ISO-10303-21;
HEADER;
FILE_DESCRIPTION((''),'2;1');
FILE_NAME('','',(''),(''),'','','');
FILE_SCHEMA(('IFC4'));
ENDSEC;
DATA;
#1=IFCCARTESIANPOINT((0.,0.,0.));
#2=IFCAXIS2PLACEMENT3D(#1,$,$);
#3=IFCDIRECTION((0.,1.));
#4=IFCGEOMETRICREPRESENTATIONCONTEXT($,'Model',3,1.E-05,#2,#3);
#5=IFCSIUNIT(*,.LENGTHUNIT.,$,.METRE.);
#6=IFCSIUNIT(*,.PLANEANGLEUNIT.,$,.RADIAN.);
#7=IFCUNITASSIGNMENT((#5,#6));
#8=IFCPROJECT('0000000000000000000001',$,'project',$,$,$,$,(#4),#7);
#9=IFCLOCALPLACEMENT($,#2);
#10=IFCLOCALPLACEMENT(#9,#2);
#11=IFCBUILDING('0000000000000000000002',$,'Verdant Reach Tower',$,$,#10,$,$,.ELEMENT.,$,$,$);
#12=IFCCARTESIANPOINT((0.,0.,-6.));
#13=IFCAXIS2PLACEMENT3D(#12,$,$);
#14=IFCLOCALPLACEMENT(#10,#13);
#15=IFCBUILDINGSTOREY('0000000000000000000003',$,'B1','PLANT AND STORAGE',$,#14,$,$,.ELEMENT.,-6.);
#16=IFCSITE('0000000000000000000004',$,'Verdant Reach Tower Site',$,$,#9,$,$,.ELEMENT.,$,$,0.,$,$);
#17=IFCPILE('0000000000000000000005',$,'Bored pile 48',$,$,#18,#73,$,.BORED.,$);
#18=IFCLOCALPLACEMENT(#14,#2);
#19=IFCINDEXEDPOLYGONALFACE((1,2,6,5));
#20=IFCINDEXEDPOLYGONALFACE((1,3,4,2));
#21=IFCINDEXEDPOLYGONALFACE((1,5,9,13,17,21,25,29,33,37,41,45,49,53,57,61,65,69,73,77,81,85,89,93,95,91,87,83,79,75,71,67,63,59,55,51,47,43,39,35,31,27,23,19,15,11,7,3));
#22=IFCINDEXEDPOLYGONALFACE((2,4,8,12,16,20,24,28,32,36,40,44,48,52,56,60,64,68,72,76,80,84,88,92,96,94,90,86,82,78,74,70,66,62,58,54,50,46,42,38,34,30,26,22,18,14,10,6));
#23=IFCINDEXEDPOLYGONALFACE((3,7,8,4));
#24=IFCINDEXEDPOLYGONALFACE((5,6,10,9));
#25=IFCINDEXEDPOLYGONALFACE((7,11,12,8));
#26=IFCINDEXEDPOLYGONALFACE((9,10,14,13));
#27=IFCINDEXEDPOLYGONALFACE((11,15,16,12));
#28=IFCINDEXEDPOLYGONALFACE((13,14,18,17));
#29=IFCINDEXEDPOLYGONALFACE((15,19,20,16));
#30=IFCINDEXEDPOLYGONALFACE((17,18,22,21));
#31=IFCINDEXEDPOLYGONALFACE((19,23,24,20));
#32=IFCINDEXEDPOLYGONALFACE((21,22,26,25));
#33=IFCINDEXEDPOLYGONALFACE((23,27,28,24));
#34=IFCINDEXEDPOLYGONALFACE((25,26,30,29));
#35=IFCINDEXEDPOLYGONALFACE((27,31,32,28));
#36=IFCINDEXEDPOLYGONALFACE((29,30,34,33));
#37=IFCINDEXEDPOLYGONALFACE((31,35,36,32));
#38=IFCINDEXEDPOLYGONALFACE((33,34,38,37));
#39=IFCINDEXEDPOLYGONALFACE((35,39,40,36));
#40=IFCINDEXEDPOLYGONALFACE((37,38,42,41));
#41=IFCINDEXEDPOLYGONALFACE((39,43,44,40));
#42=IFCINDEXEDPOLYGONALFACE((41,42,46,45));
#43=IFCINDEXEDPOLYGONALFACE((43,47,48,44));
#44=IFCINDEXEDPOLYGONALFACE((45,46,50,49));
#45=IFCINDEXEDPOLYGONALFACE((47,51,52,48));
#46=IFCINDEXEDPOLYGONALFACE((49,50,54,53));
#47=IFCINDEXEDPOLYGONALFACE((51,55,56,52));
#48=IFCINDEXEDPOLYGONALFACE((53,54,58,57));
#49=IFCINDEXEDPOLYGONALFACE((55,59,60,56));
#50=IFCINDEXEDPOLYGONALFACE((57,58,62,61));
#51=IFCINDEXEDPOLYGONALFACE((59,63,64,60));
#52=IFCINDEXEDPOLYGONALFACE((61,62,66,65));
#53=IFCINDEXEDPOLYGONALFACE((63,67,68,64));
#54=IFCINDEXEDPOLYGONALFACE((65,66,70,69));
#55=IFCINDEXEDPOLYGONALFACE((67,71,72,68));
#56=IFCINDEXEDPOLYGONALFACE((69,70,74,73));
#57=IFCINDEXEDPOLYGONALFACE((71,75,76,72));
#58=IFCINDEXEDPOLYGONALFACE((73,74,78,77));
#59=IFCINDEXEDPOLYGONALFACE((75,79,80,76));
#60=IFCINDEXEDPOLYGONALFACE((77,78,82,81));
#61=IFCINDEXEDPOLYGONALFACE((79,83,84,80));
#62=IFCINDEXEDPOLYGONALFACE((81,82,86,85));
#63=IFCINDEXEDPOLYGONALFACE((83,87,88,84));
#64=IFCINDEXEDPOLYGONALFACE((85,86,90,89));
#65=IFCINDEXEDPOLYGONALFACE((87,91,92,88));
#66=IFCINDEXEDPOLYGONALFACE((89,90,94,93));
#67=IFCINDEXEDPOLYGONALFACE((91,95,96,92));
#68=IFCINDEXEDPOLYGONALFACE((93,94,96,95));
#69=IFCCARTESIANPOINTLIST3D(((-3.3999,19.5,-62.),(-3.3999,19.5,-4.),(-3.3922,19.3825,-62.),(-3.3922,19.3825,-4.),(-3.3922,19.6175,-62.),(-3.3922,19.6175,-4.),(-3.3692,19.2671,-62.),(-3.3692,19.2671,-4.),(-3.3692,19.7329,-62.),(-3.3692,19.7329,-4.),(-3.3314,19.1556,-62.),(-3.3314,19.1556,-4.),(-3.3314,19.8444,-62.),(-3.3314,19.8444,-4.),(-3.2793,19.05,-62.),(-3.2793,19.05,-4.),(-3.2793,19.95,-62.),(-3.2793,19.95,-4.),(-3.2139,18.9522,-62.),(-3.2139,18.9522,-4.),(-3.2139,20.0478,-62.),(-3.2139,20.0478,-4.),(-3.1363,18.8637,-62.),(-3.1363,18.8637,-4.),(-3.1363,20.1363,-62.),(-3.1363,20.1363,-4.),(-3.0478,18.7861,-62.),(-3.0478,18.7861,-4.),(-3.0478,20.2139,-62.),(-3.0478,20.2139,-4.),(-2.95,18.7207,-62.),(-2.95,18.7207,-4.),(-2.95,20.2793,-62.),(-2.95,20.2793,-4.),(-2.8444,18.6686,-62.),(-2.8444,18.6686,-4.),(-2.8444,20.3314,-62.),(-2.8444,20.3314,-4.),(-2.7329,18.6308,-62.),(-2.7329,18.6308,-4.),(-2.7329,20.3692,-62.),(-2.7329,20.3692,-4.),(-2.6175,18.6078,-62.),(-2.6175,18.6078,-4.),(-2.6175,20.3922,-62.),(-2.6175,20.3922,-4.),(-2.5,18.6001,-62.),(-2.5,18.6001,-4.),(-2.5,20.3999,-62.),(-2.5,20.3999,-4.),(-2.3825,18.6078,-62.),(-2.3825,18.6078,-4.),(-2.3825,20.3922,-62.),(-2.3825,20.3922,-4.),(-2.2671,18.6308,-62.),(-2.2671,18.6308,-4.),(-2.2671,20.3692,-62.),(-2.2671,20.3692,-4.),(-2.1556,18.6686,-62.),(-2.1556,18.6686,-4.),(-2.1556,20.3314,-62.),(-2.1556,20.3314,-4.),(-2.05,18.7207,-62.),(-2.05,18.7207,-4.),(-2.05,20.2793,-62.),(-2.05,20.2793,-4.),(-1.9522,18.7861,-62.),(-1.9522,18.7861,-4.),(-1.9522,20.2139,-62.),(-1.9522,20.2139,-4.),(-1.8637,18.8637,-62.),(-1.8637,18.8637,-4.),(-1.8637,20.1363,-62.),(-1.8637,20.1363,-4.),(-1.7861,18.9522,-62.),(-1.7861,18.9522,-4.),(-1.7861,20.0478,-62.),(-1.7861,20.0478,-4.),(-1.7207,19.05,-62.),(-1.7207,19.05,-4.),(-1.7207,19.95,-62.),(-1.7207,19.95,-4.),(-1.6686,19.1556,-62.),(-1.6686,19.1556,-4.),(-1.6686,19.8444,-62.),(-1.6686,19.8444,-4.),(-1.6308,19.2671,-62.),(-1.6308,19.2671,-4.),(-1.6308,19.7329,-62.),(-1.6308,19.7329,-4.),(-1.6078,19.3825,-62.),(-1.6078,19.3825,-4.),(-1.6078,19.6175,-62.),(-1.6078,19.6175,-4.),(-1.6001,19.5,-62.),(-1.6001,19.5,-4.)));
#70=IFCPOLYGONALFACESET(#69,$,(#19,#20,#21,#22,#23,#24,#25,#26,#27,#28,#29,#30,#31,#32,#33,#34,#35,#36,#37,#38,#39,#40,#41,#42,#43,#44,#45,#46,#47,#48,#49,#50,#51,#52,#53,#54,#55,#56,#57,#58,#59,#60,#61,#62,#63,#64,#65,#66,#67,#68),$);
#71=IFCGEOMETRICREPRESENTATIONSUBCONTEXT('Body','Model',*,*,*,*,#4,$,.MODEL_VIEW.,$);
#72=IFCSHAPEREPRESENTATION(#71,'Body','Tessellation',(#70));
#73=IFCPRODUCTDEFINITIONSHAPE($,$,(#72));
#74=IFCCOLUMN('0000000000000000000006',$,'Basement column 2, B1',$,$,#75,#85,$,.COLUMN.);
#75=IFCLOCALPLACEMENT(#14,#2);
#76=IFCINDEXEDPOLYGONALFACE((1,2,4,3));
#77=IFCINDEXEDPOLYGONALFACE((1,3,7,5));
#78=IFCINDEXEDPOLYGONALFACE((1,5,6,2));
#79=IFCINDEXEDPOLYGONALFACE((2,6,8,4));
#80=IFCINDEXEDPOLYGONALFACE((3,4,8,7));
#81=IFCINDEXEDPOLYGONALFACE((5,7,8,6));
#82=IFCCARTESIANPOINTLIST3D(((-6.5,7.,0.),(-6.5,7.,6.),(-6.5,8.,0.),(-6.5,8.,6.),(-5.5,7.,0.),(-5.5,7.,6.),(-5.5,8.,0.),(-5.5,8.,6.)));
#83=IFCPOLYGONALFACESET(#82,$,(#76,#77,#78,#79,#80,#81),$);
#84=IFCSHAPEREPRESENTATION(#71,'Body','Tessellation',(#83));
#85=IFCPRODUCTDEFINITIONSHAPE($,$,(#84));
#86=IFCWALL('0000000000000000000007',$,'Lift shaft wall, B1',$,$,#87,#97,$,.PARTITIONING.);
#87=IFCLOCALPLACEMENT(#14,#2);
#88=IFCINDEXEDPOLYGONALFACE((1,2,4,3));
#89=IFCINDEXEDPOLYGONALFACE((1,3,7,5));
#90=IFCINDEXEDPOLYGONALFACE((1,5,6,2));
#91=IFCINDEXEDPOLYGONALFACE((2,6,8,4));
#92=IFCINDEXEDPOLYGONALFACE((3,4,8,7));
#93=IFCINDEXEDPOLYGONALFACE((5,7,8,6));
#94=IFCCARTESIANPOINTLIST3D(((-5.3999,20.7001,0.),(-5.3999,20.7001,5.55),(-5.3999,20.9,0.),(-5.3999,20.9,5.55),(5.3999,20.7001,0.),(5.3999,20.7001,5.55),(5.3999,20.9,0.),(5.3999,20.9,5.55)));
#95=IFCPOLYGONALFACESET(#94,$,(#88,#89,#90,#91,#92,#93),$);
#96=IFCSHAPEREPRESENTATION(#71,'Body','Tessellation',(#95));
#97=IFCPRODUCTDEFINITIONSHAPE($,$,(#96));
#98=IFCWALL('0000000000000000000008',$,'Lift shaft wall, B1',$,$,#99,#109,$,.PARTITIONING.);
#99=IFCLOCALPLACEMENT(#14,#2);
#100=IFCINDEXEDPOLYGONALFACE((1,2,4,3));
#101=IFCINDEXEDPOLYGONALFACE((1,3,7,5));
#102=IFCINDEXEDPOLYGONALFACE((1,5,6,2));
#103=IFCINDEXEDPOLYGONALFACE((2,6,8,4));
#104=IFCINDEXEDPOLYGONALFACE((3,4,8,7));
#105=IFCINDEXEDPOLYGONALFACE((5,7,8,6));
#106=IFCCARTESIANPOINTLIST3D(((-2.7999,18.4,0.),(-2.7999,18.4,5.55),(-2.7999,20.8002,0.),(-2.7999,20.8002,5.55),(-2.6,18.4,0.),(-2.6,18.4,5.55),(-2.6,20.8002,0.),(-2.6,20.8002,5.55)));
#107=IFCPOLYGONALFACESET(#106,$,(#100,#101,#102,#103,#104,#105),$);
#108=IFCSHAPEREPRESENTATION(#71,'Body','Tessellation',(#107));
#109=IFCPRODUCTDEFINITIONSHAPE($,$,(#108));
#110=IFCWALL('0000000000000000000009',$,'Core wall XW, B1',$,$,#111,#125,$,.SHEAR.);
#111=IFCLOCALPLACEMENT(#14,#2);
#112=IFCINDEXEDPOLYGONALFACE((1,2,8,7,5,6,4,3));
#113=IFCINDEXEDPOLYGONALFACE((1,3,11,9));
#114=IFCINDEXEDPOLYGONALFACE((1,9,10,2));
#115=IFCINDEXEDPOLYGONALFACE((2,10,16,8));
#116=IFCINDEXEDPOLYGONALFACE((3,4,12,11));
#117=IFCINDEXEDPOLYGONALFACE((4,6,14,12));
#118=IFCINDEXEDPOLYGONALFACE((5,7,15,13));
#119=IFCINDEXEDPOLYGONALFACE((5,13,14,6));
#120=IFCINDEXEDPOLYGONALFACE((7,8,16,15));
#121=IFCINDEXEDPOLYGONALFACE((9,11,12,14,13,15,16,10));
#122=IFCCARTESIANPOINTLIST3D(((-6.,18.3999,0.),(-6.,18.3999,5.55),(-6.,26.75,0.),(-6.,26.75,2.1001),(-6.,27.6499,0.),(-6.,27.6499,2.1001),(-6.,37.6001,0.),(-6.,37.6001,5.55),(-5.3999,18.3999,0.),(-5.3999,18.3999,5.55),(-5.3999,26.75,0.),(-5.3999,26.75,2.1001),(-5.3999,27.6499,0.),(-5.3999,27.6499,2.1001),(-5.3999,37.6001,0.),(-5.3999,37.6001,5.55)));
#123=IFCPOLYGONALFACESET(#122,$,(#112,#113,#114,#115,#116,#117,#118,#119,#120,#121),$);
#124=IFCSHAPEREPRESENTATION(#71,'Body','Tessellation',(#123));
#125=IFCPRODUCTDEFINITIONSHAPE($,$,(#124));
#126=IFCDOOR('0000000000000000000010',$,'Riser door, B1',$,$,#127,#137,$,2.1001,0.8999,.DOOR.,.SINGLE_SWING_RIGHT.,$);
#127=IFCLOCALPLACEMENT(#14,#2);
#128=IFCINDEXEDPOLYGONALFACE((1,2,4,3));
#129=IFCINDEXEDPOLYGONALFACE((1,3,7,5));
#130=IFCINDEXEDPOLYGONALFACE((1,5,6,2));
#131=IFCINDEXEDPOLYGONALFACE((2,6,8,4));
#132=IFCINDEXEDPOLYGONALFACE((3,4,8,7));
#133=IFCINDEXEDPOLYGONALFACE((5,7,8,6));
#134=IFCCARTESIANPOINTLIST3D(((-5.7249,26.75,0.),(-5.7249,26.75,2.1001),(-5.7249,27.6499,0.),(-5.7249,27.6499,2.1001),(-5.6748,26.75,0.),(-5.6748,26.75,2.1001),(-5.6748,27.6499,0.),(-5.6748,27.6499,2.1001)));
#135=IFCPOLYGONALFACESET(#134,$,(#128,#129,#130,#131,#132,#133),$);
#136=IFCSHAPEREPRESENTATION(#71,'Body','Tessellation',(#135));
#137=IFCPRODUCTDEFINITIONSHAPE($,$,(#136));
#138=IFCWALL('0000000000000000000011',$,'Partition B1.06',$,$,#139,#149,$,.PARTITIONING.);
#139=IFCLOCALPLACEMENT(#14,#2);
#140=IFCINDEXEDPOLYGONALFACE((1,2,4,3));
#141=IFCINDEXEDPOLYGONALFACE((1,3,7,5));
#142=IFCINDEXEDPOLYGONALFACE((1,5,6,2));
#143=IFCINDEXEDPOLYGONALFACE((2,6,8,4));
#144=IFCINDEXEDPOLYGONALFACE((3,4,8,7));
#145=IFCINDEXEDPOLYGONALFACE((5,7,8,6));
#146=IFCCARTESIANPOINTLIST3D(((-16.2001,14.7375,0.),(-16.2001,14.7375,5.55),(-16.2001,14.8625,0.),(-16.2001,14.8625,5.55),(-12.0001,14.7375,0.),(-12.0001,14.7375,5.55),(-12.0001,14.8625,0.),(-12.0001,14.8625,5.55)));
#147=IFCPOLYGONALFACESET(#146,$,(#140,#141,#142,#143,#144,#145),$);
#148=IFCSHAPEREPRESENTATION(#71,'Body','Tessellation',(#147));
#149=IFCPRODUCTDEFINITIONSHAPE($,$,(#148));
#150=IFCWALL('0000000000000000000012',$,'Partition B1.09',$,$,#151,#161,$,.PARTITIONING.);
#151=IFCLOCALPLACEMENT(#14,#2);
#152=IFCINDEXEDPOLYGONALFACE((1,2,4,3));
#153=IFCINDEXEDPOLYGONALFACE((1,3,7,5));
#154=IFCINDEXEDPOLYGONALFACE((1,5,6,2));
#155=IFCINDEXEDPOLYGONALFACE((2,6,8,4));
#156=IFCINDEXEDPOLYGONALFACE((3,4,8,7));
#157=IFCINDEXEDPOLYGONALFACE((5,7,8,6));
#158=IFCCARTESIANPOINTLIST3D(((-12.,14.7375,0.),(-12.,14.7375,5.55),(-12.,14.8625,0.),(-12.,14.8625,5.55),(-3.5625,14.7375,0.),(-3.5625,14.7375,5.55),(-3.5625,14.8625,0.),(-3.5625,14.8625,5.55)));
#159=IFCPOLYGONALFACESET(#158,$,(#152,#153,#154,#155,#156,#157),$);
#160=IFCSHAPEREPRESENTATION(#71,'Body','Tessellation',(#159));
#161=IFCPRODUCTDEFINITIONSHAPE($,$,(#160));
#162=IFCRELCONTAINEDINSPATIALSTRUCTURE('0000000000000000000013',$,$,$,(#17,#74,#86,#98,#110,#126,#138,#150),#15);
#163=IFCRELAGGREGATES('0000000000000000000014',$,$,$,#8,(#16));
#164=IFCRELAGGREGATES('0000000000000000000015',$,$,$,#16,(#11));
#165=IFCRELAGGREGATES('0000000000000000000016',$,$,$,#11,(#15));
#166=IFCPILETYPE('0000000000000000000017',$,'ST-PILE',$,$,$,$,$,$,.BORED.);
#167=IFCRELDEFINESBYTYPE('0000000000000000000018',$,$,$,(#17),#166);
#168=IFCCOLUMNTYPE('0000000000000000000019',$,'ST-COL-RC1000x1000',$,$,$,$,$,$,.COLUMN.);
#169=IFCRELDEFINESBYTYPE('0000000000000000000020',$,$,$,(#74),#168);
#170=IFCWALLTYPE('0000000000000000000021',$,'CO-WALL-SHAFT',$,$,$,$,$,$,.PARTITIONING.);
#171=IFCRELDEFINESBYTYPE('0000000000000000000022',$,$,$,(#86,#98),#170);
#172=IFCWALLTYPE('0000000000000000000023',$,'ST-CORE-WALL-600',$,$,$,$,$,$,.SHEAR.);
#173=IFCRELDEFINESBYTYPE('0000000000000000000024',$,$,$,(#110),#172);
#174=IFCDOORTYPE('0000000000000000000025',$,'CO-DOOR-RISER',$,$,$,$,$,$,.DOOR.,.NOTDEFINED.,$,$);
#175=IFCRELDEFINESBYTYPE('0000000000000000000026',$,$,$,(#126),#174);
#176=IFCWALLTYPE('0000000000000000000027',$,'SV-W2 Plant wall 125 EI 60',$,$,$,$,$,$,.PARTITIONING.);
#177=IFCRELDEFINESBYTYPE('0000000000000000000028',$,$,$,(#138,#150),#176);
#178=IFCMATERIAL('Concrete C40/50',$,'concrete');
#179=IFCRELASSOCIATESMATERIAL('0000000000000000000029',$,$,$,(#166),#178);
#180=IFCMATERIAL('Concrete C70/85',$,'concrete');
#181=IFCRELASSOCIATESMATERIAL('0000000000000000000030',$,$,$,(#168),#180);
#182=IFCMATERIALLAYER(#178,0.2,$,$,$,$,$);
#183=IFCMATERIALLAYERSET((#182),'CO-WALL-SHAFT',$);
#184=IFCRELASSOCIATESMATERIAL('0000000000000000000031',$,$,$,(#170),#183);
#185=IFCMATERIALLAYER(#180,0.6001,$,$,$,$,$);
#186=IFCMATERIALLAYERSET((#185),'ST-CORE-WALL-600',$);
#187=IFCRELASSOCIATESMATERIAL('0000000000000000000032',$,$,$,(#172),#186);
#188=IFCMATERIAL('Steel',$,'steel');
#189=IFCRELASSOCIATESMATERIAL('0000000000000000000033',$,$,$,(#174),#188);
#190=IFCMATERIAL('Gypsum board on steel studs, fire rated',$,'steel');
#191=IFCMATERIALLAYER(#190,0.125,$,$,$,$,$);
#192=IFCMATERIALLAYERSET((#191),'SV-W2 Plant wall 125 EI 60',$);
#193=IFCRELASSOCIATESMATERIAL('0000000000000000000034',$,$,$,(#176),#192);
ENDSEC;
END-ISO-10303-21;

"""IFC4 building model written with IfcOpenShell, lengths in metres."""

from ifc_helpers import new_model, si_unit, direction, frame, frame_2d, origin, origin_2d, place, context, subcontext, project, spatial, rectangle, circle, extrude, material, layer, layer_set, material_profile, profile_set, type_object, element, fill, save


model = new_model("IFC4")

# Units and contexts
model_context = context("Model", 3, precision=1e-05, world=origin(), true_north=direction((0.0, 1.0)))
body_context = subcontext(model_context, "Body", "Model", "MODEL_VIEW")
ifc_project = project(units=[si_unit("LENGTHUNIT", "METRE"), si_unit("PLANEANGLEUNIT", "RADIAN")], contexts=[model_context])

# Site, building, storey
site_placement = place(None, origin())
site = spatial("IfcSite", under=ifc_project, at=site_placement, Name="Verdant Reach Tower Site", CompositionType="ELEMENT", RefElevation=0.0)
building_placement = place(site_placement, origin())
building = spatial("IfcBuilding", under=site, at=building_placement, Name="Verdant Reach Tower", CompositionType="ELEMENT")
storey_placement = place(building_placement, frame((0.0, 0.0, -6.0)))
storey = spatial("IfcBuildingStorey", under=building, at=storey_placement, Name="B1", Description="PLANT AND STORAGE", CompositionType="ELEMENT", Elevation=-6.0)

# Pile
ifc_material_1 = material(Name="Concrete C40/50", Category="concrete")
ifc_material_profile_1 = material_profile(ifc_material_1, circle(Radius=0.8999, at=origin_2d()), Name="BP 1800")
ifc_profile_set_1 = profile_set([ifc_material_profile_1], Name="Concrete C40/50")
pile_type = type_object("IfcPileType", Name="ST-PILE", PredefinedType="BORED", material=ifc_profile_set_1)
for number, where, z_axis, x_axis, name in (
    (1, (-2.5, 19.5, -4.0), (0.0, 0.0, -1.0), (1.0, 0.0, 0.0), "Bored pile 48"),
):
    element("IfcPile", number, at=place(storey_placement, frame(where, z_axis=z_axis, x_axis=x_axis)), inside=storey, type_object=pile_type, Name=name, PredefinedType="BORED", context=body_context, shape_type="SweptSolid", body=[
        extrude(circle(Radius=0.8999, at=origin_2d()), origin(), (0.0, 0.0, 1.0), 58.0),
    ])

# Column
ifc_material_2 = material(Name="Concrete C70/85", Category="concrete")
ifc_material_profile_2 = material_profile(ifc_material_2, rectangle(XDim=1.0, YDim=1.0, at=origin_2d()), Name="RC 1000x1000")
ifc_profile_set_2 = profile_set([ifc_material_profile_2], Name="Concrete C70/85")
column_type = type_object("IfcColumnType", Name="ST-COL-RC1000x1000", PredefinedType="COLUMN", material=ifc_profile_set_2)
column_placement = place(storey_placement, frame((-6.0, 7.5, 0.0), z_axis=(0.0, 0.0, 1.0), x_axis=(1.0, 0.0, 0.0)))
element("IfcColumn", 2, at=column_placement, inside=storey, type_object=column_type, Name="Basement column 2, B1", PredefinedType="COLUMN", context=body_context, shape_type="SweptSolid", body=[
    extrude(rectangle(XDim=1.0, YDim=1.0, at=origin_2d()), origin(), (0.0, 0.0, 1.0), 6.0),
])

# Walls
ifc_layer_1 = layer(ifc_material_1, 0.2)
ifc_layer_set_1 = layer_set([ifc_layer_1], Name="CO-WALL-SHAFT")
wall_type_1 = type_object("IfcWallType", Name="CO-WALL-SHAFT", PredefinedType="PARTITIONING", material=ifc_layer_set_1)
wall_1_placement = place(storey_placement, frame((-5.3999, 20.8, 0.0), z_axis=(0.0, 0.0, 1.0), x_axis=(1.0, 0.0, 0.0)))
element("IfcWall", 3, at=wall_1_placement, inside=storey, type_object=wall_type_1, Name="Lift shaft wall, B1", PredefinedType="PARTITIONING", context=body_context, shape_type="SweptSolid", body=[
    extrude(rectangle(XDim=10.7998, YDim=0.2, at=frame_2d((5.3999, 0.0))), origin(), (0.0, 0.0, 1.0), 5.55),
])
wall_2_placement = place(storey_placement, frame((-2.7, 18.3999, 0.0), z_axis=(0.0, 0.0, 1.0), x_axis=(0.0, 1.0, 0.0)))
element("IfcWall", 4, at=wall_2_placement, inside=storey, type_object=wall_type_1, Name="Lift shaft wall, B1", PredefinedType="PARTITIONING", context=body_context, shape_type="SweptSolid", body=[
    extrude(rectangle(XDim=2.4001, YDim=0.2, at=frame_2d((1.2002, 0.0))), origin(), (0.0, 0.0, 1.0), 5.55),
])

# Wall, opening, door
ifc_layer_2 = layer(ifc_material_2, 0.6001)
ifc_layer_set_2 = layer_set([ifc_layer_2], Name="ST-CORE-WALL-600")
wall_type_2 = type_object("IfcWallType", Name="ST-CORE-WALL-600", PredefinedType="SHEAR", material=ifc_layer_set_2)
wall_3_placement = place(storey_placement, frame((-5.7, 18.3999, 0.0), z_axis=(0.0, 0.0, 1.0), x_axis=(0.0, 1.0, 0.0)))
wall_3 = element("IfcWall", 5, at=wall_3_placement, inside=storey, type_object=wall_type_2, Name="Core wall XW, B1", PredefinedType="SHEAR", context=body_context, shape_type="SweptSolid", body=[
    extrude(rectangle(XDim=19.2002, YDim=0.6001, at=frame_2d((9.6001, 0.0))), origin(), (0.0, 0.0, 1.0), 5.55),
])
opening_1_placement = place(wall_3_placement, frame((8.3501, 0.0, 0.0)))
opening_1 = element("IfcOpeningElement", 6, at=opening_1_placement, cuts=wall_3, PredefinedType="OPENING", context=body_context, shape_type="SweptSolid", body=[
    extrude(rectangle(XDim=0.8999, YDim=2.1001, at=frame_2d((0.45, 1.05))), frame((0.0, 0.3101, 0.0), z_axis=(0.0, -1.0, 0.0), x_axis=(1.0, 0.0, 0.0)), (0.0, 0.0, 1.0), 0.6201),
])
ifc_material_3 = material(Name="Steel", Category="steel")
door_type_1 = type_object("IfcDoorType", Name="CO-DOOR-RISER", OperationType="NOTDEFINED", PredefinedType="DOOR", material=ifc_material_3)
door_1_placement = place(opening_1_placement, origin())
door_1 = element("IfcDoor", 7, at=door_1_placement, inside=storey, type_object=door_type_1, Name="Riser door, B1", OperationType="SINGLE_SWING_RIGHT", OverallHeight=2.1001, OverallWidth=0.8999, PredefinedType="DOOR", context=body_context, shape_type="SweptSolid", body=[
    extrude(rectangle(XDim=0.8999, YDim=2.1001, at=frame_2d((0.45, 1.05))), frame((0.0, 0.0249, 0.0), z_axis=(0.0, -1.0, 0.0), x_axis=(1.0, 0.0, 0.0)), (0.0, 0.0, 1.0), 0.05),
])
fill(opening_1, door_1)

# Walls
ifc_material_4 = material(Name="Gypsum board on steel studs, fire rated", Category="steel")
ifc_layer_3 = layer(ifc_material_4, 0.125)
ifc_layer_set_3 = layer_set([ifc_layer_3], Name="SV-W2 Plant wall 125 EI 60")
wall_type_3 = type_object("IfcWallType", Name="SV-W2 Plant wall 125 EI 60", PredefinedType="PARTITIONING", material=ifc_layer_set_3)
wall_4_placement = place(storey_placement, frame((-12.0, 14.8, 0.0), z_axis=(0.0, 0.0, 1.0), x_axis=(-1.0, 0.0, 0.0)))
element("IfcWall", 8, at=wall_4_placement, inside=storey, type_object=wall_type_3, Name="Partition B1.06", PredefinedType="PARTITIONING", context=body_context, shape_type="SweptSolid", body=[
    extrude(rectangle(XDim=4.2, YDim=0.125, at=frame_2d((2.1001, 0.0))), origin(), (0.0, 0.0, 1.0), 5.55),
])
wall_5_placement = place(storey_placement, frame((-3.5625, 14.8, 0.0), z_axis=(0.0, 0.0, 1.0), x_axis=(-1.0, 0.0, 0.0)))
element("IfcWall", 9, at=wall_5_placement, inside=storey, type_object=wall_type_3, Name="Partition B1.09", PredefinedType="PARTITIONING", context=body_context, shape_type="SweptSolid", body=[
    extrude(rectangle(XDim=8.4375, YDim=0.125, at=frame_2d((4.2188, 0.0))), origin(), (0.0, 0.0, 1.0), 5.55),
])

save(model, "model.ifc")
